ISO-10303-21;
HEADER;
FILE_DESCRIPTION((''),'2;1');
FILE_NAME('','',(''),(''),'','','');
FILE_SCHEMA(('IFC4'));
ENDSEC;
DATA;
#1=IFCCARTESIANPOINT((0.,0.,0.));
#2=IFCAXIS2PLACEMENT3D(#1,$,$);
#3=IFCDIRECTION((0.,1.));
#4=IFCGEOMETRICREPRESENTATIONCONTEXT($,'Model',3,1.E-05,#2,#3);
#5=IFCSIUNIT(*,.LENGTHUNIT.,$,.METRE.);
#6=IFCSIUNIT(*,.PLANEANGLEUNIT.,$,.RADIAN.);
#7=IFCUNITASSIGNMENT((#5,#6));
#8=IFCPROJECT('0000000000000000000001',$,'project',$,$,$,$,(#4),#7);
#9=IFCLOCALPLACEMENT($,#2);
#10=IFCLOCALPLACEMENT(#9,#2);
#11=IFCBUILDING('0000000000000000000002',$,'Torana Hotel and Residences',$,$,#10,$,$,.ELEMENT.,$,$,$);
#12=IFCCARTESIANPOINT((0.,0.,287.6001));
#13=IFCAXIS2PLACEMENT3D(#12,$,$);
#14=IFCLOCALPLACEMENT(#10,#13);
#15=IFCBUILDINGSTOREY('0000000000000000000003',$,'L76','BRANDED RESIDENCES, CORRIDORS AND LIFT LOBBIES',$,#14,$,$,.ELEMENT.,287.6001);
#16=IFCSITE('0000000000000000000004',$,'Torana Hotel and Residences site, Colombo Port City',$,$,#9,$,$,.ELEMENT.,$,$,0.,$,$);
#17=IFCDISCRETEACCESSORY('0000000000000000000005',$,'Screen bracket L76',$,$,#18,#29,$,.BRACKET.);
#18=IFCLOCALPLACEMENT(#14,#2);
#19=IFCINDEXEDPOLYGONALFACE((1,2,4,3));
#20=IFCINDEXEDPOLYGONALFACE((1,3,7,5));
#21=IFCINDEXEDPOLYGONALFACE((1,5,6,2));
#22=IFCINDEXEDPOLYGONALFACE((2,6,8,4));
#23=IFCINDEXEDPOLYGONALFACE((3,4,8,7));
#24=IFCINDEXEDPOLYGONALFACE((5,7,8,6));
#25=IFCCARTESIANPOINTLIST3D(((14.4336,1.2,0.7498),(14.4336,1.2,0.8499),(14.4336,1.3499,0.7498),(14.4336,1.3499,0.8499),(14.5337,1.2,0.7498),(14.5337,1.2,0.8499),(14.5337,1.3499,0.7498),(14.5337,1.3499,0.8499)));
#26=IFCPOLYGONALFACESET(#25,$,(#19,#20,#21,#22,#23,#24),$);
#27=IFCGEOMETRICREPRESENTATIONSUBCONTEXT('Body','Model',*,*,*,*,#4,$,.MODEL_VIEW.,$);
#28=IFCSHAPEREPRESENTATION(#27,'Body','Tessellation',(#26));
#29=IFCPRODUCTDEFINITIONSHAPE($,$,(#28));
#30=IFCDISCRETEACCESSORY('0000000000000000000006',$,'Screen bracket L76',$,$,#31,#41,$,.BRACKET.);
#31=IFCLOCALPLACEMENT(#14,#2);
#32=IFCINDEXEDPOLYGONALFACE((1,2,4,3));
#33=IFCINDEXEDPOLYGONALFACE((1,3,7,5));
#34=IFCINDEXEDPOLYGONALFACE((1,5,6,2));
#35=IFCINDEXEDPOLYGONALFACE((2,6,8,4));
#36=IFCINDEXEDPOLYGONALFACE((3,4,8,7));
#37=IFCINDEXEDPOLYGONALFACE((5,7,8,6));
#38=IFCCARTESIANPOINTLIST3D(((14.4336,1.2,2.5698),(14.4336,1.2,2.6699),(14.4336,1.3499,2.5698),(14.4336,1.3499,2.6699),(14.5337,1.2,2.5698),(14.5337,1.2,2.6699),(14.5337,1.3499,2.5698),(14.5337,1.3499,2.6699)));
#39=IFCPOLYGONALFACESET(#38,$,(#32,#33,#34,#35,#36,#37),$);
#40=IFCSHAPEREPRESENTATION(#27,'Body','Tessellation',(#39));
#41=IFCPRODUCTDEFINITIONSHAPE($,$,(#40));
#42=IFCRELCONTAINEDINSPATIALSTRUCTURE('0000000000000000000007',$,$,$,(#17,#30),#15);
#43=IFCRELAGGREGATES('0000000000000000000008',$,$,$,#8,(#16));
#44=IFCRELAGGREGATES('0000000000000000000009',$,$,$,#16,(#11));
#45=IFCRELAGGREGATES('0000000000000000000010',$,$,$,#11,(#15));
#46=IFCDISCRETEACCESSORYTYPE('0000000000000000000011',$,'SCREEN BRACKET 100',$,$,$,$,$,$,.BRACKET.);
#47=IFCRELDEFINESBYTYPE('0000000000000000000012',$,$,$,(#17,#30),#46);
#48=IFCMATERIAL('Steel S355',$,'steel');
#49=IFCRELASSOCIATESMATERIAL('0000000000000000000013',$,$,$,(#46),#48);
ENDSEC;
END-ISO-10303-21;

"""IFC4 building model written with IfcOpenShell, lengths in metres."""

from ifc_helpers import new_model, si_unit, direction, frame, origin, origin_2d, place, context, subcontext, project, spatial, rectangle, extrude, material, type_object, element, save


model = new_model("IFC4")

# Units and contexts
model_context = context("Model", 3, precision=1e-05, world=origin(), true_north=direction((0.0, 1.0)))
body_context = subcontext(model_context, "Body", "Model", "MODEL_VIEW")
ifc_project = project(units=[si_unit("LENGTHUNIT", "METRE"), si_unit("PLANEANGLEUNIT", "RADIAN")], contexts=[model_context])

# Site, building, storey
site_placement = place(None, origin())
site = spatial("IfcSite", under=ifc_project, at=site_placement, Name="Torana Hotel and Residences site, Colombo Port City", CompositionType="ELEMENT", RefElevation=0.0)
building_placement = place(site_placement, origin())
building = spatial("IfcBuilding", under=site, at=building_placement, Name="Torana Hotel and Residences", CompositionType="ELEMENT")
storey_placement = place(building_placement, frame((0.0, 0.0, 287.6001)))
storey = spatial("IfcBuildingStorey", under=building, at=storey_placement, Name="L76", Description="BRANDED RESIDENCES, CORRIDORS AND LIFT LOBBIES", CompositionType="ELEMENT", Elevation=287.6001)

# Discrete accessories
ifc_material_1 = material(Name="Steel S355", Category="steel")
discrete_accessory_type = type_object("IfcDiscreteAccessoryType", Name="SCREEN BRACKET 100", PredefinedType="BRACKET", material=ifc_material_1)
for number, where, z_axis, x_axis, name in (
    (1, (14.4836, 1.2749, 0.7498), (0.0, 0.0, 1.0), (-1.0, 0.0, 0.0), "Screen bracket L76"),
    (2, (14.4836, 1.2749, 2.5698), (0.0, 0.0, 1.0), (-1.0, 0.0, 0.0), "Screen bracket L76"),
):
    element("IfcDiscreteAccessory", number, at=place(storey_placement, frame(where, z_axis=z_axis, x_axis=x_axis)), inside=storey, type_object=discrete_accessory_type, Name=name, PredefinedType="BRACKET", context=body_context, shape_type="SweptSolid", body=[
        extrude(rectangle(XDim=0.1001, YDim=0.1499, at=origin_2d()), origin(), (0.0, 0.0, 1.0), 0.1001),
    ])

save(model, "model.ifc")
